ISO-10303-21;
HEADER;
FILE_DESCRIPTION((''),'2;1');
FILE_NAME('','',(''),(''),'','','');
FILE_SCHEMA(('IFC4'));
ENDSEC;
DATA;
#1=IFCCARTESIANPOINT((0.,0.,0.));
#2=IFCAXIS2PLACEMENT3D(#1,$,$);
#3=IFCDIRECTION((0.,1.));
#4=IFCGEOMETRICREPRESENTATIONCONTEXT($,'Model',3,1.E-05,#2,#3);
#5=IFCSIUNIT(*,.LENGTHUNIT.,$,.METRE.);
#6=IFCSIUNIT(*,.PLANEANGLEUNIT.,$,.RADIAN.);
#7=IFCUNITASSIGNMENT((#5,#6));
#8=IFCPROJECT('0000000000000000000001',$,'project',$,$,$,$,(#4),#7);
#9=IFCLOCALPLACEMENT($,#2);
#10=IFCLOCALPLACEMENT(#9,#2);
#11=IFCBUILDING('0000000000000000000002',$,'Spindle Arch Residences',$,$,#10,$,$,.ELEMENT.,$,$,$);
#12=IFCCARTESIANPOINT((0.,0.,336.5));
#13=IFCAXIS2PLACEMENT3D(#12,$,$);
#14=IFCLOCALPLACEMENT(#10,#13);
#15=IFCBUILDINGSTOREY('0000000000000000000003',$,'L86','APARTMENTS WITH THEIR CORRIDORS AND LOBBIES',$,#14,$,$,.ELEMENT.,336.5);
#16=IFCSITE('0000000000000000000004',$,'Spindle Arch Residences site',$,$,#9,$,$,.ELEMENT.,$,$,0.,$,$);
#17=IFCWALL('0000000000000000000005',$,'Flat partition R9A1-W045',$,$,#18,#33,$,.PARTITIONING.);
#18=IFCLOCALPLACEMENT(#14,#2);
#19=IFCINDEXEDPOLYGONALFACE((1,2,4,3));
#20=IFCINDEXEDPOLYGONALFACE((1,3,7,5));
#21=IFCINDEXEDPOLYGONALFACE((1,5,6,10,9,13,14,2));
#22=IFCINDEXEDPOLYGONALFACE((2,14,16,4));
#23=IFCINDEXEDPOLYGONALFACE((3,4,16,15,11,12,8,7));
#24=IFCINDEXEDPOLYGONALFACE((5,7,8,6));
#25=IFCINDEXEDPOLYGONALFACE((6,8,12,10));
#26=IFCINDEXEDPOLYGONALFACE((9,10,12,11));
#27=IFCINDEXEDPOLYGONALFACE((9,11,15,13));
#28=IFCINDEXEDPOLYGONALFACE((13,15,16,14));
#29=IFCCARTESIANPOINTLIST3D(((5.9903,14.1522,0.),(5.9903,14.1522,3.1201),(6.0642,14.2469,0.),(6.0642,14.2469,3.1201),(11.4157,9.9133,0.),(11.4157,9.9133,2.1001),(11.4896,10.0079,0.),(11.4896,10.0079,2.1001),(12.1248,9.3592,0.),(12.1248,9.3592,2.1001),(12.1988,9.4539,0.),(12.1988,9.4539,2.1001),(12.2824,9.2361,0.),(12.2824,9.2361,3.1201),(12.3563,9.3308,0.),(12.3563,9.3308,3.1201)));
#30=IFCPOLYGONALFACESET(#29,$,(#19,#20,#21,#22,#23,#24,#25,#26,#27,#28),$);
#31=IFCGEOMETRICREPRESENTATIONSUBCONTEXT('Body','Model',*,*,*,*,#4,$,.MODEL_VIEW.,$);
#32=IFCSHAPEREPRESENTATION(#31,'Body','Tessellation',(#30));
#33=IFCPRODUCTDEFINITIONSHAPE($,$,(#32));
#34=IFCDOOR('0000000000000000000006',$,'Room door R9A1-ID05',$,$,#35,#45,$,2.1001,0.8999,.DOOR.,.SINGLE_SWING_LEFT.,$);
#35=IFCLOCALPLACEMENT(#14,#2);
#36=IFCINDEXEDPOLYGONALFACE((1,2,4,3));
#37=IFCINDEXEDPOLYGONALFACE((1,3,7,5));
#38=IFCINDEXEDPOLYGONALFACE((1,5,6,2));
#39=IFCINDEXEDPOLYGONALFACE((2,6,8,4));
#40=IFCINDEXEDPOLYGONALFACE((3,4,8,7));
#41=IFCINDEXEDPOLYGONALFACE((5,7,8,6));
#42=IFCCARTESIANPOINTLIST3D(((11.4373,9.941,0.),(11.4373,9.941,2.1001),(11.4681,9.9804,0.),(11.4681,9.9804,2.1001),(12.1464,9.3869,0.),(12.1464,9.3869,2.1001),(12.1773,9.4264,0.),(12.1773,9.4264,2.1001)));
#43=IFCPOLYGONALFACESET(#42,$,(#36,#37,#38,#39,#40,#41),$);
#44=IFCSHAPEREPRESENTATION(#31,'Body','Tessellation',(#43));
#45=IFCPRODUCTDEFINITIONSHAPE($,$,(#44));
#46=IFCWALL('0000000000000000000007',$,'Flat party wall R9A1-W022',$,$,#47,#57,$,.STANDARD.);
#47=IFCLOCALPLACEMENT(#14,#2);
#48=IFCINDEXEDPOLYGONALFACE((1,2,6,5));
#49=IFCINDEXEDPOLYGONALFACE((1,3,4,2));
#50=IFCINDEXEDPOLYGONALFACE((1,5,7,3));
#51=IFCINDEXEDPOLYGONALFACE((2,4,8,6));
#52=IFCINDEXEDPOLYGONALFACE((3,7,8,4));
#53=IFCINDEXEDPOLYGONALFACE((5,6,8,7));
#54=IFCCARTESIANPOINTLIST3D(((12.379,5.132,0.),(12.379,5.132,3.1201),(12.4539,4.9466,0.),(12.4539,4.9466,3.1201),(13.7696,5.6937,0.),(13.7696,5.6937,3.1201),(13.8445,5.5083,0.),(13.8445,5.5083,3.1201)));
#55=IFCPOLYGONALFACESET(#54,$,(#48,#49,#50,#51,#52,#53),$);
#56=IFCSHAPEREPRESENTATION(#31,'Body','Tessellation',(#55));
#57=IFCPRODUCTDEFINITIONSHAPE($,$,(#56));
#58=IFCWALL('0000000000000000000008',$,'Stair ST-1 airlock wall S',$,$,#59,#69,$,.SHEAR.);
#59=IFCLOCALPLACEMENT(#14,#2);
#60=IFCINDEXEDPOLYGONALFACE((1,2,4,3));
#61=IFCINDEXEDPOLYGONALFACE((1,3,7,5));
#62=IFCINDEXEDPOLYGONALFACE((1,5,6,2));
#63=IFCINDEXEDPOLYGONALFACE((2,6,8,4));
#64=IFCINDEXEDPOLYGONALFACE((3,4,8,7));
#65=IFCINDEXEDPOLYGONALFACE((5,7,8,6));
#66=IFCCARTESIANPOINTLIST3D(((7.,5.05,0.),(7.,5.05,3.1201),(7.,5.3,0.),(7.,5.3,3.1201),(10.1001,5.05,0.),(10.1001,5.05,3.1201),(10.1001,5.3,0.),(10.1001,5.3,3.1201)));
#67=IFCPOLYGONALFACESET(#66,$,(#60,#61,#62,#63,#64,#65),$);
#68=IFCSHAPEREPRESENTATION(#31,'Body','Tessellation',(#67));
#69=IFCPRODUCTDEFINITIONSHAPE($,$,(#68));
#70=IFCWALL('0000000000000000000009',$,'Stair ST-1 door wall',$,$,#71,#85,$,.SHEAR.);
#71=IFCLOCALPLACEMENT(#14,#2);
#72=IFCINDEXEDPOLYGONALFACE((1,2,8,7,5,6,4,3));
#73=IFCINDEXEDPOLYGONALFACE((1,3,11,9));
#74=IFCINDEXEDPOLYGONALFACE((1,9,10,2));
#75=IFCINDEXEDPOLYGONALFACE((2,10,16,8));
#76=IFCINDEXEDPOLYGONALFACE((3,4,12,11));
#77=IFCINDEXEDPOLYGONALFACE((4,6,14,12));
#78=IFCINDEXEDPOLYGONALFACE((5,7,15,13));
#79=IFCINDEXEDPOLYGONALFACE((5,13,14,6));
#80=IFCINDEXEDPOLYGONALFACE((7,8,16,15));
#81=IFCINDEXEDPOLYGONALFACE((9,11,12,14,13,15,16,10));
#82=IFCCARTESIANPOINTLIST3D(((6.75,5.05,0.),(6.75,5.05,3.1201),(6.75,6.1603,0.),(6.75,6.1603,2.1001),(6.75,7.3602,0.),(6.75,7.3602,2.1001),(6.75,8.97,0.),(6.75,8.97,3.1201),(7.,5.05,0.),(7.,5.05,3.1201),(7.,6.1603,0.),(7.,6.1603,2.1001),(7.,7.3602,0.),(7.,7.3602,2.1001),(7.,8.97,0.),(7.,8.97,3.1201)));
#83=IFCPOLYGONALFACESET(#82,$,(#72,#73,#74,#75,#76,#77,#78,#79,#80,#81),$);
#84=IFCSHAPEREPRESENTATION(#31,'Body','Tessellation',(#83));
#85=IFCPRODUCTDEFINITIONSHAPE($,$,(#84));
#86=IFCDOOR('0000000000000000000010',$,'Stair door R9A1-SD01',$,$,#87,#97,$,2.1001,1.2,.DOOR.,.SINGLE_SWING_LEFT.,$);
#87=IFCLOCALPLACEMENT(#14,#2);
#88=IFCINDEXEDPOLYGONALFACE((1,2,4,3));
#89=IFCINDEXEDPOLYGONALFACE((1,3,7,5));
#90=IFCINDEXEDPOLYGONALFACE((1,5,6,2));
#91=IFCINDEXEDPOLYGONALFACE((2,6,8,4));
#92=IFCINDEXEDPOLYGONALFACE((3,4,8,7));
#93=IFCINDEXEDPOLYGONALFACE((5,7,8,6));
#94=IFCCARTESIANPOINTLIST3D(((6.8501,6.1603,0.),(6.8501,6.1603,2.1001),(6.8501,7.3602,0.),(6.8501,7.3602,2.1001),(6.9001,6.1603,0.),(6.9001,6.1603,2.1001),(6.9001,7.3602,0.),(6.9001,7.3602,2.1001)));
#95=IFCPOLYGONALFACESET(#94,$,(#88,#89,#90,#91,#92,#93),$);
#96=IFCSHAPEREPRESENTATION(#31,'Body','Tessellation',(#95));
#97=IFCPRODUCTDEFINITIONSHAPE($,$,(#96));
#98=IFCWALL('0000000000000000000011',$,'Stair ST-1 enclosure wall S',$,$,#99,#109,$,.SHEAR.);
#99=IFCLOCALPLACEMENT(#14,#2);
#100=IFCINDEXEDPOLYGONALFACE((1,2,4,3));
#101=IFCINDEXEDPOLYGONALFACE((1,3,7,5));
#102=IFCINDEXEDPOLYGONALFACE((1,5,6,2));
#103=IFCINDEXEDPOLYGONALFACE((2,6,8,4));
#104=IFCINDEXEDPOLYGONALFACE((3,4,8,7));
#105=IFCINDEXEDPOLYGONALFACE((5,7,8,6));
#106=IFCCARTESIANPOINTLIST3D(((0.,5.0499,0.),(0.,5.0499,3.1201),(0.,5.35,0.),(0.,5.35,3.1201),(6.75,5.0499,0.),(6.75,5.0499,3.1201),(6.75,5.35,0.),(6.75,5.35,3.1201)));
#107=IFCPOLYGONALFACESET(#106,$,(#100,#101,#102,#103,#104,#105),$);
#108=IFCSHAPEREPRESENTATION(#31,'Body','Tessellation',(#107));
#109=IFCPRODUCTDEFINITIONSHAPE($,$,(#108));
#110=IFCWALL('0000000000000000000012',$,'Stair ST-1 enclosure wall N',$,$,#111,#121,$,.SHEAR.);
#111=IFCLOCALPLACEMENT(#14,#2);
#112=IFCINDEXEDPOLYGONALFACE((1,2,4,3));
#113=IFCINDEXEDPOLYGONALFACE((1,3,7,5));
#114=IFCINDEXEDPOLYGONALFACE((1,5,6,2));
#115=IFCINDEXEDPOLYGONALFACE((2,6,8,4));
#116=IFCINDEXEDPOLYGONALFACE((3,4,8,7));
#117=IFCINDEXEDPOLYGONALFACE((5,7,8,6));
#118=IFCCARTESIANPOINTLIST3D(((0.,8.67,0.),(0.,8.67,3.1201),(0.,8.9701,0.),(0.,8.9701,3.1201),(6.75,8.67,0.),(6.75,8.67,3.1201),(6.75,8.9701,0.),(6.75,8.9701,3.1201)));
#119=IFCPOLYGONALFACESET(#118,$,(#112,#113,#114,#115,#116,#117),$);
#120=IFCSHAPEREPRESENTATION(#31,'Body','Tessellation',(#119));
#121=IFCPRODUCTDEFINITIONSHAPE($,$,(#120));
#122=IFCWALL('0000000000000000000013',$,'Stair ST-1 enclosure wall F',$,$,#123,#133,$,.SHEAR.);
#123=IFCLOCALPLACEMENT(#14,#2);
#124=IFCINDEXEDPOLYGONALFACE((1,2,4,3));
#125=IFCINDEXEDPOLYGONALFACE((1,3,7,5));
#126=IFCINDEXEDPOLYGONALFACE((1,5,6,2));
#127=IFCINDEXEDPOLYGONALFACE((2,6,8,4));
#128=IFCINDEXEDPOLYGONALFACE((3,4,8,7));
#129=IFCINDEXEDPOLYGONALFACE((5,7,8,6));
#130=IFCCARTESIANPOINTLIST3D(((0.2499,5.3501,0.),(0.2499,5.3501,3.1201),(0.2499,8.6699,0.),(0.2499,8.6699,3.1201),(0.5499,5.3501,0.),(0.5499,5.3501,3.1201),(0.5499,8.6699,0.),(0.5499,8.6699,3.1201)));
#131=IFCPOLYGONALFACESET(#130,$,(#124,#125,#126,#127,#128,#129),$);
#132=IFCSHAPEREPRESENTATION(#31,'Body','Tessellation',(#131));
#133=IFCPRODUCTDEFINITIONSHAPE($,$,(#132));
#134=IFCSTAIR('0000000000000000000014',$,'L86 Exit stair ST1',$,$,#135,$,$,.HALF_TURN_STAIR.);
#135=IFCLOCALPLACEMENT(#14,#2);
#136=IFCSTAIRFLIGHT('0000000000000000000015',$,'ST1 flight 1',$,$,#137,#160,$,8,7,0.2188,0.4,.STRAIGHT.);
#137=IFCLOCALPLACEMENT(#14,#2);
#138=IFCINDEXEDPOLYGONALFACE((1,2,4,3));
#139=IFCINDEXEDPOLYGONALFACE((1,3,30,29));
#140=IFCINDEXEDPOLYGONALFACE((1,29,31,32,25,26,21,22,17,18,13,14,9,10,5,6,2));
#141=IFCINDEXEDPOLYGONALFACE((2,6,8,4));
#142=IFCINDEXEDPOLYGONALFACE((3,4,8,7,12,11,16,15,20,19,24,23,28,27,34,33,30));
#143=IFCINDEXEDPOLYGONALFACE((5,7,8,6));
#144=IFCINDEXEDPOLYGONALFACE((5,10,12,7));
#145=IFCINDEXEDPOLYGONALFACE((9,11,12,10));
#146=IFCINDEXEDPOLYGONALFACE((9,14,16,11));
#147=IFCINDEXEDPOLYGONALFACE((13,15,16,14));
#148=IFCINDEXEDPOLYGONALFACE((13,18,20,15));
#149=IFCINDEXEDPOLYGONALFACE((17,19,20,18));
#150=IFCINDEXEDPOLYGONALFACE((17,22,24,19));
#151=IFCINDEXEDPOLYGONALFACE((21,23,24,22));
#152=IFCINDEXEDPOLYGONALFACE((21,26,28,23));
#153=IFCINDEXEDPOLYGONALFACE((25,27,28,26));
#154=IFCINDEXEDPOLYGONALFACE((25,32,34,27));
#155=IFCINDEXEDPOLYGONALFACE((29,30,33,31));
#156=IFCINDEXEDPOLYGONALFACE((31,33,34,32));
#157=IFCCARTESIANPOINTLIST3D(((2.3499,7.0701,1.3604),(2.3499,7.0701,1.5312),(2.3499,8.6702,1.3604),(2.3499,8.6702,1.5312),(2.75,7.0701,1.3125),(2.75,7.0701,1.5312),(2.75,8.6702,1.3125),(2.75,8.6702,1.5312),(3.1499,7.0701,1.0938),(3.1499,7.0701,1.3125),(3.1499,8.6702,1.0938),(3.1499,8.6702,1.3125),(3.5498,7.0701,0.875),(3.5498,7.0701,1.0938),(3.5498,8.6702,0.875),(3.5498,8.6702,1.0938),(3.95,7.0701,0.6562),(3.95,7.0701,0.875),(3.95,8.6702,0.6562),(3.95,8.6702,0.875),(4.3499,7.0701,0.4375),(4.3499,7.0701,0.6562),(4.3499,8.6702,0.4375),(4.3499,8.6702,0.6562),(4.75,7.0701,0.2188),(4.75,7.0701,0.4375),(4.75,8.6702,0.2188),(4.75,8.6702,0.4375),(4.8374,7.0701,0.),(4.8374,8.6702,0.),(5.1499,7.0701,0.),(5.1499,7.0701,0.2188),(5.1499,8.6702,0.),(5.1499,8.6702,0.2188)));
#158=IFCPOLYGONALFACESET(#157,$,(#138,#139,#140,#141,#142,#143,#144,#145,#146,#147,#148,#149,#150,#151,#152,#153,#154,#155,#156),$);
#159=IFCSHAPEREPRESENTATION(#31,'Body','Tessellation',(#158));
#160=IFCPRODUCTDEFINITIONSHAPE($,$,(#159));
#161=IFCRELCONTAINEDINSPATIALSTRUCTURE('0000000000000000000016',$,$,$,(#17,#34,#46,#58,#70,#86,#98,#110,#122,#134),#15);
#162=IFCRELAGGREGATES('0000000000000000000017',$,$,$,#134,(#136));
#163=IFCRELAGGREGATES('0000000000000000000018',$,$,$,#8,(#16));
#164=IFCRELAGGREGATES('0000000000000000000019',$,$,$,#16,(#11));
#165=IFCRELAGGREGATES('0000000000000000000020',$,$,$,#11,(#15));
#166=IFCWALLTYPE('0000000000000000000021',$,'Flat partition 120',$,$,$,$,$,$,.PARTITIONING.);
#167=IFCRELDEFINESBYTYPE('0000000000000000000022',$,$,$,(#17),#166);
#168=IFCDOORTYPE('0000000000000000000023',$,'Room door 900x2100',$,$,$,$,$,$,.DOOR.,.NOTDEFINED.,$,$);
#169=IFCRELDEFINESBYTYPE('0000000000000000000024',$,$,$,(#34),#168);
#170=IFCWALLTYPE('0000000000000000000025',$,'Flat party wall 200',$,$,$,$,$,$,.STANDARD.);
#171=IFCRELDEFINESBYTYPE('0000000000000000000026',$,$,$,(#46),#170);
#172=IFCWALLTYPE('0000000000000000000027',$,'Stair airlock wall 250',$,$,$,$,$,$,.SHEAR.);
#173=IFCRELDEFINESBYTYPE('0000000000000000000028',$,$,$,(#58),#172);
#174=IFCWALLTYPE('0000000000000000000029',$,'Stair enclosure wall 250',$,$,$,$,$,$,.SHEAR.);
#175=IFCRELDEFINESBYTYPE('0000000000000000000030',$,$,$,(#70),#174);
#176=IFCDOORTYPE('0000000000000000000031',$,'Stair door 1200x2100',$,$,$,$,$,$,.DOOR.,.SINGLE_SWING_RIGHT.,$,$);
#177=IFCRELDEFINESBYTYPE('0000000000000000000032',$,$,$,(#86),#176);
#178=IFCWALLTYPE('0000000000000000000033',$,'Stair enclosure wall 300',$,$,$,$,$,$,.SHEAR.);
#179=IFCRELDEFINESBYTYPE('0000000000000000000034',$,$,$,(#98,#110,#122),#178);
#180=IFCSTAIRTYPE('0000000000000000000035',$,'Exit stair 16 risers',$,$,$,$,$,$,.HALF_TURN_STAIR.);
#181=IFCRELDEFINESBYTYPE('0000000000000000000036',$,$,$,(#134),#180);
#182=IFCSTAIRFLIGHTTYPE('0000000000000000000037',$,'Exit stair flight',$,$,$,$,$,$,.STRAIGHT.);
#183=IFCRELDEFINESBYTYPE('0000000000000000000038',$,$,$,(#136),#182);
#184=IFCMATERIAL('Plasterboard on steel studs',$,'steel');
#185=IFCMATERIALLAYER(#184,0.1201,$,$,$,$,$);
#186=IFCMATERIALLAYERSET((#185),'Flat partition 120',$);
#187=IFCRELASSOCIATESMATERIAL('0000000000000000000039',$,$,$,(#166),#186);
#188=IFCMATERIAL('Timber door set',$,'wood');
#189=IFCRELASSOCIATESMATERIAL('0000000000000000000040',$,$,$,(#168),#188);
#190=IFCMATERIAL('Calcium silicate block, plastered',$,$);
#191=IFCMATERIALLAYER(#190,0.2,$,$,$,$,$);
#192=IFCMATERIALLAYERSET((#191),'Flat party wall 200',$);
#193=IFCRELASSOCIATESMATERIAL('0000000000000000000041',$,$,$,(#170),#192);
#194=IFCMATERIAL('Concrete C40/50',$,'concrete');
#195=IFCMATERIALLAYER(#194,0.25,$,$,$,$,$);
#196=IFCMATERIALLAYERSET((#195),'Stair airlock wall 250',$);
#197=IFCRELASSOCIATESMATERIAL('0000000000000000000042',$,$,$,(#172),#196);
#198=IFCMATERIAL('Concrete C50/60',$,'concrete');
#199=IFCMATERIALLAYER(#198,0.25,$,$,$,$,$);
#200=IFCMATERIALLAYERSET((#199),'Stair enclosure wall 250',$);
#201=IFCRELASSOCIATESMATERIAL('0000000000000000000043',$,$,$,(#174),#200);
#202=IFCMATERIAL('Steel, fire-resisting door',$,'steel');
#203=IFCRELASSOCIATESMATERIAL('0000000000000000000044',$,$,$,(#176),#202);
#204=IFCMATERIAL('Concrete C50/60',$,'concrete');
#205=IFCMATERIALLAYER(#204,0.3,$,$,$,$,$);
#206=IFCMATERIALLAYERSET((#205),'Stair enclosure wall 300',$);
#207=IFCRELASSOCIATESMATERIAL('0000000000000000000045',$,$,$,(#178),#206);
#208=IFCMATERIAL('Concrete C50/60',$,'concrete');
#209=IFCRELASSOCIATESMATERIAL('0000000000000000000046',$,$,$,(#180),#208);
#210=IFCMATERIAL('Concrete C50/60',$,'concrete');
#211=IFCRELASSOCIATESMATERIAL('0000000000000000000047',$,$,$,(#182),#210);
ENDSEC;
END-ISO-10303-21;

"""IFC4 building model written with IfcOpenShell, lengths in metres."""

from ifc_helpers import new_model, si_unit, direction, frame, frame_2d, origin, place, context, subcontext, project, spatial, polyline, rectangle, outline, extrude, material, layer, layer_set, type_object, element, fill, aggregate, save


model = new_model("IFC4")

# Units and contexts
model_context = context("Model", 3, precision=1e-05, world=origin(), true_north=direction((0.0, 1.0)))
body_context = subcontext(model_context, "Body", "Model", "MODEL_VIEW")
ifc_project = project(units=[si_unit("LENGTHUNIT", "METRE"), si_unit("PLANEANGLEUNIT", "RADIAN")], contexts=[model_context])

# Site, building, storey
site_placement = place(None, origin())
site = spatial("IfcSite", under=ifc_project, at=site_placement, Name="Spindle Arch Residences site", CompositionType="ELEMENT", RefElevation=0.0)
building_placement = place(site_placement, origin())
building = spatial("IfcBuilding", under=site, at=building_placement, Name="Spindle Arch Residences", CompositionType="ELEMENT")
storey_placement = place(building_placement, frame((0.0, 0.0, 336.5)))
storey = spatial("IfcBuildingStorey", under=building, at=storey_placement, Name="L86", Description="APARTMENTS WITH THEIR CORRIDORS AND LOBBIES", CompositionType="ELEMENT", Elevation=336.5)

# Shared definitions
ifc_material_1 = material(Name="Plasterboard on steel studs", Category="steel")
ifc_layer_1 = layer(ifc_material_1, 0.1201)
ifc_layer_set_1 = layer_set([ifc_layer_1], Name="Flat partition 120")
wall_type_1 = type_object("IfcWallType", Name="Flat partition 120", PredefinedType="PARTITIONING", material=ifc_layer_set_1)

# Wall, opening, door
wall_1_placement = place(storey_placement, frame((12.3193, 9.2834, 0.0), z_axis=(0.0, 0.0, 1.0), x_axis=(-0.788, 0.615675, 0.0)))
wall_1 = element("IfcWall", 1, at=wall_1_placement, inside=storey, type_object=wall_type_1, Name="Flat partition R9A1-W045", PredefinedType="PARTITIONING", context=body_context, shape_type="SweptSolid", body=[
    extrude(rectangle(XDim=7.9849, YDim=0.1201, at=frame_2d((3.9924, 0.0))), origin(), (0.0, 0.0, 1.0), 3.1201),
])
opening_1_placement = place(wall_1_placement, frame((0.2, 0.0, 0.0)))
opening_1 = element("IfcOpeningElement", 2, at=opening_1_placement, cuts=wall_1, PredefinedType="OPENING", context=body_context, shape_type="SweptSolid", body=[
    extrude(rectangle(XDim=0.8999, YDim=2.1001, at=frame_2d((0.45, 1.05))), frame((0.0, 0.0701, 0.0), z_axis=(0.0, -1.0, 0.0), x_axis=(1.0, 0.0, 0.0)), (0.0, 0.0, 1.0), 0.1401),
])
ifc_material_2 = material(Name="Timber door set", Category="wood")
door_type_1 = type_object("IfcDoorType", Name="Room door 900x2100", OperationType="NOTDEFINED", PredefinedType="DOOR", material=ifc_material_2)
door_1_placement = place(opening_1_placement, origin())
door_1 = element("IfcDoor", 3, at=door_1_placement, inside=storey, type_object=door_type_1, Name="Room door R9A1-ID05", OperationType="SINGLE_SWING_LEFT", OverallHeight=2.1001, OverallWidth=0.8999, PredefinedType="DOOR", context=body_context, shape_type="SweptSolid", body=[
    extrude(rectangle(XDim=0.8999, YDim=2.1001, at=frame_2d((0.45, 1.05))), frame((0.0, 0.0249, 0.0), z_axis=(0.0, -1.0, 0.0), x_axis=(1.0, 0.0, 0.0)), (0.0, 0.0, 1.0), 0.05),
])
fill(opening_1, door_1)

# Walls
ifc_material_3 = material(Name="Calcium silicate block, plastered")
ifc_layer_2 = layer(ifc_material_3, 0.2)
ifc_layer_set_2 = layer_set([ifc_layer_2], Name="Flat party wall 200")
wall_type_2 = type_object("IfcWallType", Name="Flat party wall 200", PredefinedType="STANDARD", material=ifc_layer_set_2)
wall_2_placement = place(storey_placement, frame((13.8071, 5.6011, 0.0), z_axis=(0.0, 0.0, 1.0), x_axis=(-0.927203, -0.37456, 0.0)))
element("IfcWall", 4, at=wall_2_placement, inside=storey, type_object=wall_type_2, Name="Flat party wall R9A1-W022", PredefinedType="STANDARD", context=body_context, shape_type="SweptSolid", body=[
    extrude(rectangle(XDim=1.4998, YDim=0.2, at=frame_2d((0.75, 0.0))), origin(), (0.0, 0.0, 1.0), 3.1201),
])
ifc_material_4 = material(Name="Concrete C40/50", Category="concrete")
ifc_layer_3 = layer(ifc_material_4, 0.25)
ifc_layer_set_3 = layer_set([ifc_layer_3], Name="Stair airlock wall 250")
wall_type_3 = type_object("IfcWallType", Name="Stair airlock wall 250", PredefinedType="SHEAR", material=ifc_layer_set_3)
wall_3_placement = place(storey_placement, frame((7.0, 5.175, 0.0), z_axis=(0.0, 0.0, 1.0), x_axis=(1.0, 0.0, 0.0)))
element("IfcWall", 5, at=wall_3_placement, inside=storey, type_object=wall_type_3, Name="Stair ST-1 airlock wall S", PredefinedType="SHEAR", context=body_context, shape_type="SweptSolid", body=[
    extrude(rectangle(XDim=3.1001, YDim=0.25, at=frame_2d((1.55, 0.0))), origin(), (0.0, 0.0, 1.0), 3.1201),
])

# Wall, opening, door
ifc_material_5 = material(Name="Concrete C50/60", Category="concrete")
ifc_layer_4 = layer(ifc_material_5, 0.25)
ifc_layer_set_4 = layer_set([ifc_layer_4], Name="Stair enclosure wall 250")
wall_type_4 = type_object("IfcWallType", Name="Stair enclosure wall 250", PredefinedType="SHEAR", material=ifc_layer_set_4)
wall_4_placement = place(storey_placement, frame((6.875, 5.05, 0.0), z_axis=(0.0, 0.0, 1.0), x_axis=(0.0, 1.0, 0.0)))
wall_4 = element("IfcWall", 6, at=wall_4_placement, inside=storey, type_object=wall_type_4, Name="Stair ST-1 door wall", PredefinedType="SHEAR", context=body_context, shape_type="SweptSolid", body=[
    extrude(rectangle(XDim=3.9199, YDim=0.25, at=frame_2d((1.96, 0.0))), origin(), (0.0, 0.0, 1.0), 3.1201),
])
opening_2_placement = place(wall_4_placement, frame((1.1101, 0.0, 0.0)))
opening_2 = element("IfcOpeningElement", 7, at=opening_2_placement, cuts=wall_4, PredefinedType="OPENING", context=body_context, shape_type="SweptSolid", body=[
    extrude(rectangle(XDim=1.2, YDim=2.1001, at=frame_2d((0.6001, 1.05))), frame((0.0, 0.135, 0.0), z_axis=(0.0, -1.0, 0.0), x_axis=(1.0, 0.0, 0.0)), (0.0, 0.0, 1.0), 0.27),
])
ifc_material_6 = material(Name="Steel, fire-resisting door", Category="steel")
door_type_2 = type_object("IfcDoorType", Name="Stair door 1200x2100", OperationType="SINGLE_SWING_RIGHT", PredefinedType="DOOR", material=ifc_material_6)
door_2_placement = place(opening_2_placement, origin())
door_2 = element("IfcDoor", 8, at=door_2_placement, inside=storey, type_object=door_type_2, Name="Stair door R9A1-SD01", OperationType="SINGLE_SWING_LEFT", OverallHeight=2.1001, OverallWidth=1.2, PredefinedType="DOOR", context=body_context, shape_type="SweptSolid", body=[
    extrude(rectangle(XDim=1.2, YDim=2.1001, at=frame_2d((0.6001, 1.05))), frame((0.0, 0.0249, 0.0), z_axis=(0.0, -1.0, 0.0), x_axis=(1.0, 0.0, 0.0)), (0.0, 0.0, 1.0), 0.05),
])
fill(opening_2, door_2)

# Walls
ifc_material_7 = material(Name="Concrete C50/60", Category="concrete")
ifc_layer_5 = layer(ifc_material_7, 0.3)
ifc_layer_set_5 = layer_set([ifc_layer_5], Name="Stair enclosure wall 300")
wall_type_5 = type_object("IfcWallType", Name="Stair enclosure wall 300", PredefinedType="SHEAR", material=ifc_layer_set_5)
for number, where, z_axis, x_axis, name in (
    (9, (0.0, 5.2, 0.0), (0.0, 0.0, 1.0), (1.0, 0.0, 0.0), "Stair ST-1 enclosure wall S"),
    (10, (0.0, 8.8201, 0.0), (0.0, 0.0, 1.0), (1.0, 0.0, 0.0), "Stair ST-1 enclosure wall N"),
):
    element("IfcWall", number, at=place(storey_placement, frame(where, z_axis=z_axis, x_axis=x_axis)), inside=storey, type_object=wall_type_5, Name=name, PredefinedType="SHEAR", context=body_context, shape_type="SweptSolid", body=[
        extrude(rectangle(XDim=6.75, YDim=0.3, at=frame_2d((3.375, 0.0))), origin(), (0.0, 0.0, 1.0), 3.1201),
    ])
wall_5_placement = place(storey_placement, frame((0.3999, 5.3501, 0.0), z_axis=(0.0, 0.0, 1.0), x_axis=(0.0, 1.0, 0.0)))
element("IfcWall", 11, at=wall_5_placement, inside=storey, type_object=wall_type_5, Name="Stair ST-1 enclosure wall F", PredefinedType="SHEAR", context=body_context, shape_type="SweptSolid", body=[
    extrude(rectangle(XDim=3.3198, YDim=0.3, at=frame_2d((1.6599, 0.0))), origin(), (0.0, 0.0, 1.0), 3.1201),
])

# Stair, stair flight
ifc_material_8 = material(Name="Concrete C50/60", Category="concrete")
stair_type = type_object("IfcStairType", Name="Exit stair 16 risers", PredefinedType="HALF_TURN_STAIR", material=ifc_material_8)
stair_placement = place(storey_placement, origin())
stair = element("IfcStair", 12, at=stair_placement, inside=storey, type_object=stair_type, Name="L86 Exit stair ST1", PredefinedType="HALF_TURN_STAIR")
ifc_material_9 = material(Name="Concrete C50/60", Category="concrete")
stair_flight_type = type_object("IfcStairFlightType", Name="Exit stair flight", PredefinedType="STRAIGHT", material=ifc_material_9)
stair_flight_1_placement = place(storey_placement, frame((5.1499, 7.8701, 0.0), z_axis=(0.0, 0.0, 1.0), x_axis=(-1.0, 0.0, 0.0)))
stair_flight_1 = element("IfcStairFlight", 13, at=stair_flight_1_placement, type_object=stair_flight_type, Name="ST1 flight 1", NumberOfRisers=8, NumberOfTreads=7, PredefinedType="STRAIGHT", RiserHeight=0.2188, TreadLength=0.4, context=body_context, shape_type="SweptSolid", body=[
    extrude(outline(polyline([(0.0, 0.0), (0.0, 0.2188), (0.3999, 0.2188), (0.3999, 0.4375), (0.8, 0.4375), (0.8, 0.6562), (1.2, 0.6562), (1.2, 0.875), (1.6001, 0.875), (1.6001, 1.0938), (2.0, 1.0938), (2.0, 1.3125), (2.3999, 1.3125), (2.3999, 1.5312), (2.8, 1.5312), (2.8, 1.75), (2.8, 1.3604), (0.3125, 0.0), (0.0, 0.0)])), frame((0.0, 0.8, 0.0), z_axis=(0.0, -1.0, 0.0), x_axis=(1.0, 0.0, 0.0)), (0.0, 0.0, 1.0), 1.6001),
])
aggregate(stair, [stair_flight_1])

save(model, "model.ifc")
